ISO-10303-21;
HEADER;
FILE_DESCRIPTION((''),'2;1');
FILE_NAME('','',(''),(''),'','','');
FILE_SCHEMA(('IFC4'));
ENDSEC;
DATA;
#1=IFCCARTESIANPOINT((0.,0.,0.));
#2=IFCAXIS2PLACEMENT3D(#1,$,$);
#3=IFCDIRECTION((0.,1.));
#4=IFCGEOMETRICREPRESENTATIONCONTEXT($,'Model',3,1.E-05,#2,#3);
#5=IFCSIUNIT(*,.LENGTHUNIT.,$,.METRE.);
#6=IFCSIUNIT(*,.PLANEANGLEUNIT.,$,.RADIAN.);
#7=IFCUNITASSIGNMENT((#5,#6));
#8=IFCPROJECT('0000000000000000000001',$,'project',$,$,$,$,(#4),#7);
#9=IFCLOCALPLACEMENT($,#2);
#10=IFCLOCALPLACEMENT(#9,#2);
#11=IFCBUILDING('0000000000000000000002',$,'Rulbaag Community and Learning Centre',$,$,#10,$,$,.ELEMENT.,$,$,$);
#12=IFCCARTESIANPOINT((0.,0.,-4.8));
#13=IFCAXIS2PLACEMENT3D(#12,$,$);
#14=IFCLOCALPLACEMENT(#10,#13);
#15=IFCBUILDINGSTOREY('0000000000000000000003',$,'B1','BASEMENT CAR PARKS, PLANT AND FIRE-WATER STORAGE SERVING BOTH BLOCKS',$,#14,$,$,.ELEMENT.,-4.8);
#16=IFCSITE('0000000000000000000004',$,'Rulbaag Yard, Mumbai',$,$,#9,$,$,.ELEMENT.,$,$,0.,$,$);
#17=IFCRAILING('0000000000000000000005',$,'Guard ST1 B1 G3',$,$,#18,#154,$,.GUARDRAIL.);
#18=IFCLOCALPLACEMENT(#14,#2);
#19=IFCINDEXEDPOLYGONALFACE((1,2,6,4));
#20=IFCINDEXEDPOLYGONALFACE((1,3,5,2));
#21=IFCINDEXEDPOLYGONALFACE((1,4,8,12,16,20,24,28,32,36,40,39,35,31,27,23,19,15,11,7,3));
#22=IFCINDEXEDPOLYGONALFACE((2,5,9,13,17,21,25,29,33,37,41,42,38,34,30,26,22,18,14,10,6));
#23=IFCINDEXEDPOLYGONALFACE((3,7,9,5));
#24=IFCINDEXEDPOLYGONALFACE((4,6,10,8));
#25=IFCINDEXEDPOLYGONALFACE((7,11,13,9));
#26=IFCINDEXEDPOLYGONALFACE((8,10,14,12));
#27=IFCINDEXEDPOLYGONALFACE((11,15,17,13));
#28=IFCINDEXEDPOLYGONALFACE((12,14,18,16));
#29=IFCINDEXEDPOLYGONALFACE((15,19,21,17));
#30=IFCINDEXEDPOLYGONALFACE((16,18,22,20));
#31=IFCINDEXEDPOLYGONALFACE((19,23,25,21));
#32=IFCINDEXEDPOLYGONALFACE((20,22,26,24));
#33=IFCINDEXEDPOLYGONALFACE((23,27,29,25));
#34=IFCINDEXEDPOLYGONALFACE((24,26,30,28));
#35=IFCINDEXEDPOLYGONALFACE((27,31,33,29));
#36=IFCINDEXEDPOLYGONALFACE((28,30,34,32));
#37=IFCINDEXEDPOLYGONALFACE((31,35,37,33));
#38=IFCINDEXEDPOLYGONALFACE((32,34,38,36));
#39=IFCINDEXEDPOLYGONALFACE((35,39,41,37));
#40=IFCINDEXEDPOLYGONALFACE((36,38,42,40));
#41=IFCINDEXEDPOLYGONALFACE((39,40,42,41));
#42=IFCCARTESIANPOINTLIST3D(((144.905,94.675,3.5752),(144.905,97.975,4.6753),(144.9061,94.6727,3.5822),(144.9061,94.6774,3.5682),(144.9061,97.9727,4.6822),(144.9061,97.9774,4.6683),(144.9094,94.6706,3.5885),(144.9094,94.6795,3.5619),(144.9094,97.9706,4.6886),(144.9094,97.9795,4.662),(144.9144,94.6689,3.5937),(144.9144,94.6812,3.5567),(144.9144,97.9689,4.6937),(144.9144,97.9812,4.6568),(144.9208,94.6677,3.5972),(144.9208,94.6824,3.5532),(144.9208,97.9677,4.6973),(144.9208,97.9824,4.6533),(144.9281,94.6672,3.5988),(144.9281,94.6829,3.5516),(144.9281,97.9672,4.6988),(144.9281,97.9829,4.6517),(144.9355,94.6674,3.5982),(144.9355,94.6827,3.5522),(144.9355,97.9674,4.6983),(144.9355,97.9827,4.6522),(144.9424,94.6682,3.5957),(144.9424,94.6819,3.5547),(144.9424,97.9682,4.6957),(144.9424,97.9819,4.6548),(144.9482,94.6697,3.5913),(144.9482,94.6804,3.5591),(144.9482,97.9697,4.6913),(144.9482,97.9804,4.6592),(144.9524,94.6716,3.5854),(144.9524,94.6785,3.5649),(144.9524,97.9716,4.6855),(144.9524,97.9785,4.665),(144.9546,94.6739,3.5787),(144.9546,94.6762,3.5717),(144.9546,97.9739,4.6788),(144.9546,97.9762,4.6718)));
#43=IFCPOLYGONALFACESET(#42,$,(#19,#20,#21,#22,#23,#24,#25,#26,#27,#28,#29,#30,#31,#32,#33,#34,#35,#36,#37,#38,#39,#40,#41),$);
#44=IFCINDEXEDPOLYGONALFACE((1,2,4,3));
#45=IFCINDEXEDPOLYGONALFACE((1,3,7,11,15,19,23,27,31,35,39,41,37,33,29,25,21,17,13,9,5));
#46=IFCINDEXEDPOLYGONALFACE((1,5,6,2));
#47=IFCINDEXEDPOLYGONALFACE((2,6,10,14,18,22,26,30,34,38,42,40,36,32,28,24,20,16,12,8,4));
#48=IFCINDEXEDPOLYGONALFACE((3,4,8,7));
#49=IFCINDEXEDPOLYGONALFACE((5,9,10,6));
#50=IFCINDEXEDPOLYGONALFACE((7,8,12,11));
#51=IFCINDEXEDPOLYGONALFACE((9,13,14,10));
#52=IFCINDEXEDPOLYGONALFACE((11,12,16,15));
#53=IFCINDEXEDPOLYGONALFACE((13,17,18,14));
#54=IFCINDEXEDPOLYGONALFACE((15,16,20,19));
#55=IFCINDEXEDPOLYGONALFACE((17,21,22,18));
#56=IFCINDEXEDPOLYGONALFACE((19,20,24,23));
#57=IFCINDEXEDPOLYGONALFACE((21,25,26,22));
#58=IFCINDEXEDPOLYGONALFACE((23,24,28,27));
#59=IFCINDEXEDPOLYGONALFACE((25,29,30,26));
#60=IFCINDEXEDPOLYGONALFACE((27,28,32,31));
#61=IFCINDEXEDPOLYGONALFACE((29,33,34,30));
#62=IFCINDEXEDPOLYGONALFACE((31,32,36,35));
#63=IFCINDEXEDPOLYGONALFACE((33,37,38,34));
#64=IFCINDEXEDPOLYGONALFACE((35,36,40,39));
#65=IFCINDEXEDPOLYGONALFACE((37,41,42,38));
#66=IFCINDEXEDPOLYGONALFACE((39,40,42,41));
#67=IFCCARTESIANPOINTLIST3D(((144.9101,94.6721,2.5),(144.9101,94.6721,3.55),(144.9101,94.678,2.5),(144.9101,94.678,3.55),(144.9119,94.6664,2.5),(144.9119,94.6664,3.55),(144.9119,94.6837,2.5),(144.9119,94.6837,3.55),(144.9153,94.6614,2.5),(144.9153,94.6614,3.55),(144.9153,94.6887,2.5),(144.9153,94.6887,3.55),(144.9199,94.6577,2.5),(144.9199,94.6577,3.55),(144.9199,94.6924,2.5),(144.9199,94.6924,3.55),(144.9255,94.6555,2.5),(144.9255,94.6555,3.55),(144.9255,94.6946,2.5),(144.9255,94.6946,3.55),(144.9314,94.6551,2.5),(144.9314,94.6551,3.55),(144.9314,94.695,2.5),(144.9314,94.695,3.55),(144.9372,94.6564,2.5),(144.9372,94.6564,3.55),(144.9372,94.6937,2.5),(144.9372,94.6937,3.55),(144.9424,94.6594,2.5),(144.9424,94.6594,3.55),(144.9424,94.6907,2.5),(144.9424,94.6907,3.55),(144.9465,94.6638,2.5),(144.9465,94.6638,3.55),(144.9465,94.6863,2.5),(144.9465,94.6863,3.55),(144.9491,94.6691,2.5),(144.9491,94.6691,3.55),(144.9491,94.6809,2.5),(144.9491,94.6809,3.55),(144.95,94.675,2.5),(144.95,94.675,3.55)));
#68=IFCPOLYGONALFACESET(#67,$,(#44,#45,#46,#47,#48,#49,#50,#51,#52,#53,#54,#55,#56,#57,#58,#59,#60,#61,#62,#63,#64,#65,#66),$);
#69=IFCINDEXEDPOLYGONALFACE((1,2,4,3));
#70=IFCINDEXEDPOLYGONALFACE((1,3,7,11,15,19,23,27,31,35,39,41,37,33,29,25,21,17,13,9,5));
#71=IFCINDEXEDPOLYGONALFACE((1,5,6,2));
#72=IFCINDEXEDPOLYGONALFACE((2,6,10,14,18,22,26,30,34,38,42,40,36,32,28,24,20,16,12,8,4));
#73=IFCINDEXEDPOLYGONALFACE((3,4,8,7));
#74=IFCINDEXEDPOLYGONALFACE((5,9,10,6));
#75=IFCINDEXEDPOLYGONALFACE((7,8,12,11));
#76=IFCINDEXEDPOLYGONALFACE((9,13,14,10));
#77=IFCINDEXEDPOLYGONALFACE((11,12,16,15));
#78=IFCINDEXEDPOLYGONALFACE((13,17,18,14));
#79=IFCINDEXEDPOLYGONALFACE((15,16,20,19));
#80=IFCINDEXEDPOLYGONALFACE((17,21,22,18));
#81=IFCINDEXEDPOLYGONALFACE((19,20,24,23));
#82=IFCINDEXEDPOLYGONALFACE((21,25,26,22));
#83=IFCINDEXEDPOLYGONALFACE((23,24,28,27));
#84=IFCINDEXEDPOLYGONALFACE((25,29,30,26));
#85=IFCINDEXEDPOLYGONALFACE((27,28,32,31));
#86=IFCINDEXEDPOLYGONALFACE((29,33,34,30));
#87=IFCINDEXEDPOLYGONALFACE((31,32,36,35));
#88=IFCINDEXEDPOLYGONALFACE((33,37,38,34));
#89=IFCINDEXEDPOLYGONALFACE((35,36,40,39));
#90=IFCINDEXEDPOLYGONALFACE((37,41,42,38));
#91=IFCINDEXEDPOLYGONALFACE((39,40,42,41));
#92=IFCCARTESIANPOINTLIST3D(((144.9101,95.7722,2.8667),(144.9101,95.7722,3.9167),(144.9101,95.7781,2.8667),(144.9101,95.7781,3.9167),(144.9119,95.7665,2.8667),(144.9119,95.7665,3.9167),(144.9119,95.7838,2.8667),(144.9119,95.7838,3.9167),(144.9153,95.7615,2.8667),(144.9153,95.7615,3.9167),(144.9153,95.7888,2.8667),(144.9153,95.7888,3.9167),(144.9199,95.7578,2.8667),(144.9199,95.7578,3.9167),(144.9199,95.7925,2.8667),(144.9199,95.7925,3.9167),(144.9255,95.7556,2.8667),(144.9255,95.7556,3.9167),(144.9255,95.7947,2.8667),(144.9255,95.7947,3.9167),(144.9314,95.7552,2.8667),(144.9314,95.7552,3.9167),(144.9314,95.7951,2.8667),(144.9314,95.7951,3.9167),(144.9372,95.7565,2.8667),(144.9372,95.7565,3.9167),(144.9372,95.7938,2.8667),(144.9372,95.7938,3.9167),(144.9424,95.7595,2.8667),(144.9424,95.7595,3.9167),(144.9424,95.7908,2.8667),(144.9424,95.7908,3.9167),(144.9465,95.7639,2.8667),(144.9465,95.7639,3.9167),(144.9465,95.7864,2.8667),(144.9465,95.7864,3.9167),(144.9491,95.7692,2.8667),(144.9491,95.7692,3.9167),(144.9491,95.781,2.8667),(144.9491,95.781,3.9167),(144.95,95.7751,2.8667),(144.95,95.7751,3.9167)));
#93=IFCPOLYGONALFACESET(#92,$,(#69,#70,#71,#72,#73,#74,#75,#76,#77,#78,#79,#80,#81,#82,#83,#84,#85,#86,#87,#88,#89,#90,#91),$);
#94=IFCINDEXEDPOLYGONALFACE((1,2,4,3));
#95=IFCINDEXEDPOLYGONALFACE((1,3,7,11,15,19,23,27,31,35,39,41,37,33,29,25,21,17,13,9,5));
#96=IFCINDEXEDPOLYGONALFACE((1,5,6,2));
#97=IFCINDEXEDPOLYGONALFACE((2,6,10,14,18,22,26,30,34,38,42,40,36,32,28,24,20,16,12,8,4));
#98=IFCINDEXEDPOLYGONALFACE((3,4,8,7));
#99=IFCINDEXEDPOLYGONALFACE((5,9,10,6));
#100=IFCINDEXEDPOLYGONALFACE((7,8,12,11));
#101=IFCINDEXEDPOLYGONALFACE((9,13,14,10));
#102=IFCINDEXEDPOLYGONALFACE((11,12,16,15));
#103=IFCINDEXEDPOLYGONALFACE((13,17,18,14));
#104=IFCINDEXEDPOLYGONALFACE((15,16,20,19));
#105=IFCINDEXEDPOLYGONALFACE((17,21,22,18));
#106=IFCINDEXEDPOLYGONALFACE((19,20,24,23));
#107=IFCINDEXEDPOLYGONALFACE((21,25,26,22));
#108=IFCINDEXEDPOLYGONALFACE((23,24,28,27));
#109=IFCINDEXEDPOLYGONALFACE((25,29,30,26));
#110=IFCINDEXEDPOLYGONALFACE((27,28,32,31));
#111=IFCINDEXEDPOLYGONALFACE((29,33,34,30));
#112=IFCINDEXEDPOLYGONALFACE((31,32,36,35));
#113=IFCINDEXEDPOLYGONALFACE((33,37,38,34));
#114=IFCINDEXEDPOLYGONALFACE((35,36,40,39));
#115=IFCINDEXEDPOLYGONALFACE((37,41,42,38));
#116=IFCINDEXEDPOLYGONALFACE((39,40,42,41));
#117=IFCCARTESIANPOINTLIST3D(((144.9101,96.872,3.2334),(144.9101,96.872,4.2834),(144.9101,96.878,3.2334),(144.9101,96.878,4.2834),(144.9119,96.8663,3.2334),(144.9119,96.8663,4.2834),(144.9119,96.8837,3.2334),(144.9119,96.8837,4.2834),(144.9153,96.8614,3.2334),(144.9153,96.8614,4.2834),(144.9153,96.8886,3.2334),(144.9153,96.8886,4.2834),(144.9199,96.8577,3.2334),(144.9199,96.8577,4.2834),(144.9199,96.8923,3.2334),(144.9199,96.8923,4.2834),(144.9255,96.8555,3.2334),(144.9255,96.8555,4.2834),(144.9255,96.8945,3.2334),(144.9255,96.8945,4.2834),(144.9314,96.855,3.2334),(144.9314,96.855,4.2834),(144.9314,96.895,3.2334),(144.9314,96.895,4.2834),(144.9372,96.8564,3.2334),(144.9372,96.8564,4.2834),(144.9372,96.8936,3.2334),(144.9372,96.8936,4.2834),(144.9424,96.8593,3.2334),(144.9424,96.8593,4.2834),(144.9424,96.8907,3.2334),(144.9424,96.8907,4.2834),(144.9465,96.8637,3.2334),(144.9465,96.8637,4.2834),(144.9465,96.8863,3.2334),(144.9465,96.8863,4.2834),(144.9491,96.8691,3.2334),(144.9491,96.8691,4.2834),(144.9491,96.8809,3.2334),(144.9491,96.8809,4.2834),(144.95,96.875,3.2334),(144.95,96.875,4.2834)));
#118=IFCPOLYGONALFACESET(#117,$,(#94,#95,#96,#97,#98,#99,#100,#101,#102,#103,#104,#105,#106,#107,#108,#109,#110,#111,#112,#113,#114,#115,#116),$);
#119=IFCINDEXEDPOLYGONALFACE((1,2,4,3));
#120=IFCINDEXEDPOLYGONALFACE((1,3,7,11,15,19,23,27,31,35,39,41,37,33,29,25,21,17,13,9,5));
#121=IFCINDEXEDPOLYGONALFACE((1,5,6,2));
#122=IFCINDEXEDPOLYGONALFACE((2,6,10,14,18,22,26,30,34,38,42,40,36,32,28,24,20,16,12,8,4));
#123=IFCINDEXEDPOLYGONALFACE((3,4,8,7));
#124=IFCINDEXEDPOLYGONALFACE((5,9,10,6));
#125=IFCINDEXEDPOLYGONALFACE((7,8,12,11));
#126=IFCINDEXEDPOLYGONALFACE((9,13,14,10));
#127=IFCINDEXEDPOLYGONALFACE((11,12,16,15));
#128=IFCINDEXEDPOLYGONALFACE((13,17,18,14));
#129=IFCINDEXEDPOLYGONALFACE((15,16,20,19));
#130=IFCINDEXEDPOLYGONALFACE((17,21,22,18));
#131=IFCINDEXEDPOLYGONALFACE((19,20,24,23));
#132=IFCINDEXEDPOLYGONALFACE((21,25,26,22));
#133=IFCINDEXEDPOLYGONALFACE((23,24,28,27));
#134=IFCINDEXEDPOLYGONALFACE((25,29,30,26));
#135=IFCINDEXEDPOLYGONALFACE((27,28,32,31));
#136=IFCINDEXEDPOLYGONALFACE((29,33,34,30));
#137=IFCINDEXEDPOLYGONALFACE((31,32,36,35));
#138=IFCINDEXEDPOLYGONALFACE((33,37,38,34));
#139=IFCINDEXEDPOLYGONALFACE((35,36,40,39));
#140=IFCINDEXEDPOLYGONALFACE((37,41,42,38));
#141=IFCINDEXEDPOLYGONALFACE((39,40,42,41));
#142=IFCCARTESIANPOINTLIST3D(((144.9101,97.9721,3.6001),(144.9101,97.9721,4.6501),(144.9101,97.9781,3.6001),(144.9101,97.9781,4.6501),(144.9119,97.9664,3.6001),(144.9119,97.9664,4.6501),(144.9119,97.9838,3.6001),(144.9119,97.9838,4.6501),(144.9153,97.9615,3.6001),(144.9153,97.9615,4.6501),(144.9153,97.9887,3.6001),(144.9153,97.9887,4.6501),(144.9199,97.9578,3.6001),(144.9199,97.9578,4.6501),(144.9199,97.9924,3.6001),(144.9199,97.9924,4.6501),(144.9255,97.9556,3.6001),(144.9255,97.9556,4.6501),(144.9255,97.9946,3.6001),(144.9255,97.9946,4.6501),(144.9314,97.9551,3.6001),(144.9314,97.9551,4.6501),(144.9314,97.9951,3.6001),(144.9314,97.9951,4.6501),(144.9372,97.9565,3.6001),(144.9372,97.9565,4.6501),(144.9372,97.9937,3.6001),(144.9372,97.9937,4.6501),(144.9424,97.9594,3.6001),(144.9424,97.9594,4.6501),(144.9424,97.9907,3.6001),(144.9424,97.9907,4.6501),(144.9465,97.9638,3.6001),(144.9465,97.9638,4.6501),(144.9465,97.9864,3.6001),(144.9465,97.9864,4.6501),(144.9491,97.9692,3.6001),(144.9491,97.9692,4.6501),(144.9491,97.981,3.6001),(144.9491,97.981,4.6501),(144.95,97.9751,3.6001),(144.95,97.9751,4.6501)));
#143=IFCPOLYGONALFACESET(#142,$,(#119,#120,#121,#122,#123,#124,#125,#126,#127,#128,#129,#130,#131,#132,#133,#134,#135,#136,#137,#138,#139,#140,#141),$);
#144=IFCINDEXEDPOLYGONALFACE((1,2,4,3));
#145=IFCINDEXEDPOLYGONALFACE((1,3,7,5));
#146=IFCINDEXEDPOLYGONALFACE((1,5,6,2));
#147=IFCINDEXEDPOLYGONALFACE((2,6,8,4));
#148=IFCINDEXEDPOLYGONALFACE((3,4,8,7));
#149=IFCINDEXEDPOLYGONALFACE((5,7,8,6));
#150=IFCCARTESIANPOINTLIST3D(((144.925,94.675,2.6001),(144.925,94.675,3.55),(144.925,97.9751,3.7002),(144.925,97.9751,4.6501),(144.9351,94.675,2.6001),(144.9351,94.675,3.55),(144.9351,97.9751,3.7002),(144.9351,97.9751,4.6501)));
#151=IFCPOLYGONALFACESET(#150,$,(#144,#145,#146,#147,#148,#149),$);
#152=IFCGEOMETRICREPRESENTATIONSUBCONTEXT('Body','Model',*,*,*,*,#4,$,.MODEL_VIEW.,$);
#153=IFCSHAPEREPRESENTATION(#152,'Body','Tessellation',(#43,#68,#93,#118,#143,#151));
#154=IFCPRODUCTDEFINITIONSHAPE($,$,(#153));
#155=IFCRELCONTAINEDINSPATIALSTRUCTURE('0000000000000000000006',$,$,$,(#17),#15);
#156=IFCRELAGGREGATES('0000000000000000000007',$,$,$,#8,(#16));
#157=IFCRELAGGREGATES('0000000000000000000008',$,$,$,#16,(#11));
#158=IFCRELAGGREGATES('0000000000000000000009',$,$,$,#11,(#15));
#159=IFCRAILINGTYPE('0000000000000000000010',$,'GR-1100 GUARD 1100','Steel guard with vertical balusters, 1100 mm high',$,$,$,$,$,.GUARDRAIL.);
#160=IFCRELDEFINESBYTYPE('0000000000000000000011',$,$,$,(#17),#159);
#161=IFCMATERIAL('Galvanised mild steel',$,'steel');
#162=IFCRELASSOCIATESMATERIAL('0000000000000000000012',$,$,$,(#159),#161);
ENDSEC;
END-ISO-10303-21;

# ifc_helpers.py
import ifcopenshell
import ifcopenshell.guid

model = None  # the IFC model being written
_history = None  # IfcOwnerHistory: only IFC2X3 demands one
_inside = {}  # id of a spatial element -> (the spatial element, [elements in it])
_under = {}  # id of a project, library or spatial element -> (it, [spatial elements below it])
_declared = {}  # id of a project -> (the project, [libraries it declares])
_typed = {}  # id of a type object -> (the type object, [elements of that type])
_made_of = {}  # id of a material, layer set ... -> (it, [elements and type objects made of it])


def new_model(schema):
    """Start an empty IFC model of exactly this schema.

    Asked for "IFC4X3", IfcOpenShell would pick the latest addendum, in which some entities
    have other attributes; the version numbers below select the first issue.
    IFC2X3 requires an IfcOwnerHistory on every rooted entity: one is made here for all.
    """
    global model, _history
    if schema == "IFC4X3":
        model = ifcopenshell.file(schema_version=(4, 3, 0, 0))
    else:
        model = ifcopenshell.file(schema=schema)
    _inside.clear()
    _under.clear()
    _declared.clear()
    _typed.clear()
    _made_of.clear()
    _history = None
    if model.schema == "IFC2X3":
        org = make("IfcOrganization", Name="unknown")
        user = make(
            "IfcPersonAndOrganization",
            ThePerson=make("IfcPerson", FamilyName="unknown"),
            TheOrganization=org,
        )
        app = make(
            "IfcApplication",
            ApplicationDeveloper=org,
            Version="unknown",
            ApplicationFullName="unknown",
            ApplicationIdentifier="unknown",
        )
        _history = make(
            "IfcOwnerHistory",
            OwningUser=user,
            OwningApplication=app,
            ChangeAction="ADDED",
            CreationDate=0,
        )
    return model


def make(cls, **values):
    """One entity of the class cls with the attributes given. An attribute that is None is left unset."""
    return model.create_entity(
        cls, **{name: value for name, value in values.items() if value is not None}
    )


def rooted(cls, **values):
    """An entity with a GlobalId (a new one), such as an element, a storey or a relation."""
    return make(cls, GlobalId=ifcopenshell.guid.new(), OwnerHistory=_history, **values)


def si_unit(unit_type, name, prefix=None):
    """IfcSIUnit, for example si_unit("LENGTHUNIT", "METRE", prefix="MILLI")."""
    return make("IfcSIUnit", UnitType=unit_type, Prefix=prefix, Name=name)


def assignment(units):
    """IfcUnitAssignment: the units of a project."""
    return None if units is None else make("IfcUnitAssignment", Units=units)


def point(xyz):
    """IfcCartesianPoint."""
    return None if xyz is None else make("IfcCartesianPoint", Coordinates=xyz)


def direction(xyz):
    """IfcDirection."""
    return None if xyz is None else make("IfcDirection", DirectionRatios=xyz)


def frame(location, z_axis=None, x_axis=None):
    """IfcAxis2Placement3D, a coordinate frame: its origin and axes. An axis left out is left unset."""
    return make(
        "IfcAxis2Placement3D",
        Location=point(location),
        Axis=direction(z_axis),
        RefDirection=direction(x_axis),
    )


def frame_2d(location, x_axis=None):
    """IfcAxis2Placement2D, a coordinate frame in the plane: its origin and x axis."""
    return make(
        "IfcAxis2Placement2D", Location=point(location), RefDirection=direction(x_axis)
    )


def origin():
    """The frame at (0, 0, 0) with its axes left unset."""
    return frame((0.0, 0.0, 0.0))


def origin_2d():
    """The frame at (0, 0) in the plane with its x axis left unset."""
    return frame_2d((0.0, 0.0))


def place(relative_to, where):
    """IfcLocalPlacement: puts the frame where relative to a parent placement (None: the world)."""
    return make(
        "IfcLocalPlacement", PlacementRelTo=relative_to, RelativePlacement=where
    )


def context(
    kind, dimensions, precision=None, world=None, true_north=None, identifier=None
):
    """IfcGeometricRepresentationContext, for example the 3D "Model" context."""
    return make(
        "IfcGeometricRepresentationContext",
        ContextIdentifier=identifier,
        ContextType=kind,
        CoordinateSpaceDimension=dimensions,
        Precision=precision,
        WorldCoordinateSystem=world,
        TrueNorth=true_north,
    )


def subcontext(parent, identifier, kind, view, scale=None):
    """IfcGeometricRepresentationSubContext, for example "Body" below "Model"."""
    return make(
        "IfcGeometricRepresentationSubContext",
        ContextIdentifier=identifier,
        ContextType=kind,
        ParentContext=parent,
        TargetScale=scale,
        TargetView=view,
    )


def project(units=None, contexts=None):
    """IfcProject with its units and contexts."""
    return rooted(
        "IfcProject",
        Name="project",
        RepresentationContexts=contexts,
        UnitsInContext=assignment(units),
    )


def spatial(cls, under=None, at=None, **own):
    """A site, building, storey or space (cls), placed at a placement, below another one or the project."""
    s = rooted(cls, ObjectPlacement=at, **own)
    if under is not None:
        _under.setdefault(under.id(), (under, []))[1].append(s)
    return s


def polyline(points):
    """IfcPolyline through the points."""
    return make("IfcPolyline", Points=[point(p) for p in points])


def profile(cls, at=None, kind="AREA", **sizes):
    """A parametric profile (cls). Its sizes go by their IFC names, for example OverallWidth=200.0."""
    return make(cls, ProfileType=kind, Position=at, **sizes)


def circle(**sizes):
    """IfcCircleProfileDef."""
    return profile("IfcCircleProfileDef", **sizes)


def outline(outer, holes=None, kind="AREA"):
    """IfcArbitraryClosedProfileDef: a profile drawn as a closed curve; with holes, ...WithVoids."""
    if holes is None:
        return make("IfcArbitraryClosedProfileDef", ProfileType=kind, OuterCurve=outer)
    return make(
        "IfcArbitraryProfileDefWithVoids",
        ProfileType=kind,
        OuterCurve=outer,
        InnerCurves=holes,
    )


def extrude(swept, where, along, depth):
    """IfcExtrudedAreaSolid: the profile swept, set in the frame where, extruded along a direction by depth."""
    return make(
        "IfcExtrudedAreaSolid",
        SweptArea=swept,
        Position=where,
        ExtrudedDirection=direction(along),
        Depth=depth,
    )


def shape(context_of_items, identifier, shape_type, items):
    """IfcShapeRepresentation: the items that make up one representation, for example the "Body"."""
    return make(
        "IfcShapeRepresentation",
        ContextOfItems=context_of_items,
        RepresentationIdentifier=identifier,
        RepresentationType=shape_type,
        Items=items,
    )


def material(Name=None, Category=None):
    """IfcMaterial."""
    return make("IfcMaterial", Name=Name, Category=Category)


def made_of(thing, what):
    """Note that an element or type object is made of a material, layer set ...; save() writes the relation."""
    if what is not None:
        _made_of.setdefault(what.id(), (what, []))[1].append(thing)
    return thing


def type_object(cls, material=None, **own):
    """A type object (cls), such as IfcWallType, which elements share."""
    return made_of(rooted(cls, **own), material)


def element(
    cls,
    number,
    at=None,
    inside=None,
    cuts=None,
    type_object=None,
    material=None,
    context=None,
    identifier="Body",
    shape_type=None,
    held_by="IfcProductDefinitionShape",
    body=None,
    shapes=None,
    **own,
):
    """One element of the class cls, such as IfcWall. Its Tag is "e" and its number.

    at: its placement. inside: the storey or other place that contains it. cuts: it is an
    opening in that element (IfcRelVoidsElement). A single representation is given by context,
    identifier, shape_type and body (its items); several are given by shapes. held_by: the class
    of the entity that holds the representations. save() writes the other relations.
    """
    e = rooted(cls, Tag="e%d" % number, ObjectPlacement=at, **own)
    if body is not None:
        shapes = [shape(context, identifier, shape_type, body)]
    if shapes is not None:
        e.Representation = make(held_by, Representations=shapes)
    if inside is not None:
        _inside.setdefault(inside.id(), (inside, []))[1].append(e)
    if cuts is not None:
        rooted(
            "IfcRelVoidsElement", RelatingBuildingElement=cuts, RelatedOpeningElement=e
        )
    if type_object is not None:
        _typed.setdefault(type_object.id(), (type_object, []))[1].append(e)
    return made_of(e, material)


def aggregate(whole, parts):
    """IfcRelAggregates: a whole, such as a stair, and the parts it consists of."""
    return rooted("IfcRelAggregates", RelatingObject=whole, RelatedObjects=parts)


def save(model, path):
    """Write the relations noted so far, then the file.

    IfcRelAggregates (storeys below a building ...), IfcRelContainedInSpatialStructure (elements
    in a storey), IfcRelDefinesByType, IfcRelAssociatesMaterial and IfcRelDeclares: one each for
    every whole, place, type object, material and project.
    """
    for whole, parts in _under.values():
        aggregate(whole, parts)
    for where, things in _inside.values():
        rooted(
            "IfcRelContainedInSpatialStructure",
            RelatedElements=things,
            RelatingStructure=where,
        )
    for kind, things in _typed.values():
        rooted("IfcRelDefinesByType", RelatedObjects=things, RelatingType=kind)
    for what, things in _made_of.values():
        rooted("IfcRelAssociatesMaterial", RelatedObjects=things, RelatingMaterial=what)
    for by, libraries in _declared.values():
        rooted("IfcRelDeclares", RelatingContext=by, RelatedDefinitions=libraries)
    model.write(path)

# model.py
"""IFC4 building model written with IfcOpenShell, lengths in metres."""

from ifc_helpers import new_model, si_unit, direction, frame, origin, origin_2d, place, context, subcontext, project, spatial, polyline, circle, outline, extrude, material, type_object, element, save


model = new_model("IFC4")

# Units and contexts
model_context = context("Model", 3, precision=1e-05, world=origin(), true_north=direction((0.0, 1.0)))
body_context = subcontext(model_context, "Body", "Model", "MODEL_VIEW")
ifc_project = project(units=[si_unit("LENGTHUNIT", "METRE"), si_unit("PLANEANGLEUNIT", "RADIAN")], contexts=[model_context])

# Site, building, storey
site_placement = place(None, origin())
site = spatial("IfcSite", under=ifc_project, at=site_placement, Name="Rulbaag Yard, Mumbai", CompositionType="ELEMENT", RefElevation=0.0)
building_placement = place(site_placement, origin())
building = spatial("IfcBuilding", under=site, at=building_placement, Name="Rulbaag Community and Learning Centre", CompositionType="ELEMENT")
storey_placement = place(building_placement, frame((0.0, 0.0, -4.8)))
storey = spatial("IfcBuildingStorey", under=building, at=storey_placement, Name="B1", Description="BASEMENT CAR PARKS, PLANT AND FIRE-WATER STORAGE SERVING BOTH BLOCKS", CompositionType="ELEMENT", Elevation=-4.8)

# Railing
ifc_material_1 = material(Name="Galvanised mild steel", Category="steel")
railing_type_1 = type_object("IfcRailingType", Name="GR-1100 GUARD 1100", Description="Steel guard with vertical balusters, 1100 mm high", PredefinedType="GUARDRAIL", material=ifc_material_1)
railing_1_placement = place(storey_placement, frame((144.9299, 94.675, 2.5)))
element("IfcRailing", 1, at=railing_1_placement, inside=storey, type_object=railing_type_1, Name="Guard ST1 B1 G3", PredefinedType="GUARDRAIL", context=body_context, shape_type="SweptSolid", body=[
    extrude(circle(Radius=0.0249, at=origin_2d()), frame((0.0, 0.0, 1.0752), z_axis=(0.0, 0.948676, 0.316249), x_axis=(-1.0, 0.0, 0.0)), (0.0, 0.0, 1.0), 3.4785),
    extrude(circle(Radius=0.02, at=origin_2d()), origin(), (0.0, 0.0, 1.0), 1.05),
    extrude(circle(Radius=0.02, at=origin_2d()), frame((0.0, 1.1001, 0.3667)), (0.0, 0.0, 1.0), 1.05),
    extrude(circle(Radius=0.02, at=origin_2d()), frame((0.0, 2.2, 0.7334)), (0.0, 0.0, 1.0), 1.05),
    extrude(circle(Radius=0.02, at=origin_2d()), frame((0.0, 3.3, 1.1001)), (0.0, 0.0, 1.0), 1.05),
    extrude(outline(polyline([(0.0, 0.0), (3.3, 1.1001), (3.3, 2.05), (0.0, 0.95), (0.0, 0.0)])), frame((-0.0049, 0.0, 0.1001), z_axis=(1.0, 0.0, 0.0), x_axis=(0.0, 1.0, 0.0)), (0.0, 0.0, 1.0), 0.01),
])

save(model, "model.ifc")
